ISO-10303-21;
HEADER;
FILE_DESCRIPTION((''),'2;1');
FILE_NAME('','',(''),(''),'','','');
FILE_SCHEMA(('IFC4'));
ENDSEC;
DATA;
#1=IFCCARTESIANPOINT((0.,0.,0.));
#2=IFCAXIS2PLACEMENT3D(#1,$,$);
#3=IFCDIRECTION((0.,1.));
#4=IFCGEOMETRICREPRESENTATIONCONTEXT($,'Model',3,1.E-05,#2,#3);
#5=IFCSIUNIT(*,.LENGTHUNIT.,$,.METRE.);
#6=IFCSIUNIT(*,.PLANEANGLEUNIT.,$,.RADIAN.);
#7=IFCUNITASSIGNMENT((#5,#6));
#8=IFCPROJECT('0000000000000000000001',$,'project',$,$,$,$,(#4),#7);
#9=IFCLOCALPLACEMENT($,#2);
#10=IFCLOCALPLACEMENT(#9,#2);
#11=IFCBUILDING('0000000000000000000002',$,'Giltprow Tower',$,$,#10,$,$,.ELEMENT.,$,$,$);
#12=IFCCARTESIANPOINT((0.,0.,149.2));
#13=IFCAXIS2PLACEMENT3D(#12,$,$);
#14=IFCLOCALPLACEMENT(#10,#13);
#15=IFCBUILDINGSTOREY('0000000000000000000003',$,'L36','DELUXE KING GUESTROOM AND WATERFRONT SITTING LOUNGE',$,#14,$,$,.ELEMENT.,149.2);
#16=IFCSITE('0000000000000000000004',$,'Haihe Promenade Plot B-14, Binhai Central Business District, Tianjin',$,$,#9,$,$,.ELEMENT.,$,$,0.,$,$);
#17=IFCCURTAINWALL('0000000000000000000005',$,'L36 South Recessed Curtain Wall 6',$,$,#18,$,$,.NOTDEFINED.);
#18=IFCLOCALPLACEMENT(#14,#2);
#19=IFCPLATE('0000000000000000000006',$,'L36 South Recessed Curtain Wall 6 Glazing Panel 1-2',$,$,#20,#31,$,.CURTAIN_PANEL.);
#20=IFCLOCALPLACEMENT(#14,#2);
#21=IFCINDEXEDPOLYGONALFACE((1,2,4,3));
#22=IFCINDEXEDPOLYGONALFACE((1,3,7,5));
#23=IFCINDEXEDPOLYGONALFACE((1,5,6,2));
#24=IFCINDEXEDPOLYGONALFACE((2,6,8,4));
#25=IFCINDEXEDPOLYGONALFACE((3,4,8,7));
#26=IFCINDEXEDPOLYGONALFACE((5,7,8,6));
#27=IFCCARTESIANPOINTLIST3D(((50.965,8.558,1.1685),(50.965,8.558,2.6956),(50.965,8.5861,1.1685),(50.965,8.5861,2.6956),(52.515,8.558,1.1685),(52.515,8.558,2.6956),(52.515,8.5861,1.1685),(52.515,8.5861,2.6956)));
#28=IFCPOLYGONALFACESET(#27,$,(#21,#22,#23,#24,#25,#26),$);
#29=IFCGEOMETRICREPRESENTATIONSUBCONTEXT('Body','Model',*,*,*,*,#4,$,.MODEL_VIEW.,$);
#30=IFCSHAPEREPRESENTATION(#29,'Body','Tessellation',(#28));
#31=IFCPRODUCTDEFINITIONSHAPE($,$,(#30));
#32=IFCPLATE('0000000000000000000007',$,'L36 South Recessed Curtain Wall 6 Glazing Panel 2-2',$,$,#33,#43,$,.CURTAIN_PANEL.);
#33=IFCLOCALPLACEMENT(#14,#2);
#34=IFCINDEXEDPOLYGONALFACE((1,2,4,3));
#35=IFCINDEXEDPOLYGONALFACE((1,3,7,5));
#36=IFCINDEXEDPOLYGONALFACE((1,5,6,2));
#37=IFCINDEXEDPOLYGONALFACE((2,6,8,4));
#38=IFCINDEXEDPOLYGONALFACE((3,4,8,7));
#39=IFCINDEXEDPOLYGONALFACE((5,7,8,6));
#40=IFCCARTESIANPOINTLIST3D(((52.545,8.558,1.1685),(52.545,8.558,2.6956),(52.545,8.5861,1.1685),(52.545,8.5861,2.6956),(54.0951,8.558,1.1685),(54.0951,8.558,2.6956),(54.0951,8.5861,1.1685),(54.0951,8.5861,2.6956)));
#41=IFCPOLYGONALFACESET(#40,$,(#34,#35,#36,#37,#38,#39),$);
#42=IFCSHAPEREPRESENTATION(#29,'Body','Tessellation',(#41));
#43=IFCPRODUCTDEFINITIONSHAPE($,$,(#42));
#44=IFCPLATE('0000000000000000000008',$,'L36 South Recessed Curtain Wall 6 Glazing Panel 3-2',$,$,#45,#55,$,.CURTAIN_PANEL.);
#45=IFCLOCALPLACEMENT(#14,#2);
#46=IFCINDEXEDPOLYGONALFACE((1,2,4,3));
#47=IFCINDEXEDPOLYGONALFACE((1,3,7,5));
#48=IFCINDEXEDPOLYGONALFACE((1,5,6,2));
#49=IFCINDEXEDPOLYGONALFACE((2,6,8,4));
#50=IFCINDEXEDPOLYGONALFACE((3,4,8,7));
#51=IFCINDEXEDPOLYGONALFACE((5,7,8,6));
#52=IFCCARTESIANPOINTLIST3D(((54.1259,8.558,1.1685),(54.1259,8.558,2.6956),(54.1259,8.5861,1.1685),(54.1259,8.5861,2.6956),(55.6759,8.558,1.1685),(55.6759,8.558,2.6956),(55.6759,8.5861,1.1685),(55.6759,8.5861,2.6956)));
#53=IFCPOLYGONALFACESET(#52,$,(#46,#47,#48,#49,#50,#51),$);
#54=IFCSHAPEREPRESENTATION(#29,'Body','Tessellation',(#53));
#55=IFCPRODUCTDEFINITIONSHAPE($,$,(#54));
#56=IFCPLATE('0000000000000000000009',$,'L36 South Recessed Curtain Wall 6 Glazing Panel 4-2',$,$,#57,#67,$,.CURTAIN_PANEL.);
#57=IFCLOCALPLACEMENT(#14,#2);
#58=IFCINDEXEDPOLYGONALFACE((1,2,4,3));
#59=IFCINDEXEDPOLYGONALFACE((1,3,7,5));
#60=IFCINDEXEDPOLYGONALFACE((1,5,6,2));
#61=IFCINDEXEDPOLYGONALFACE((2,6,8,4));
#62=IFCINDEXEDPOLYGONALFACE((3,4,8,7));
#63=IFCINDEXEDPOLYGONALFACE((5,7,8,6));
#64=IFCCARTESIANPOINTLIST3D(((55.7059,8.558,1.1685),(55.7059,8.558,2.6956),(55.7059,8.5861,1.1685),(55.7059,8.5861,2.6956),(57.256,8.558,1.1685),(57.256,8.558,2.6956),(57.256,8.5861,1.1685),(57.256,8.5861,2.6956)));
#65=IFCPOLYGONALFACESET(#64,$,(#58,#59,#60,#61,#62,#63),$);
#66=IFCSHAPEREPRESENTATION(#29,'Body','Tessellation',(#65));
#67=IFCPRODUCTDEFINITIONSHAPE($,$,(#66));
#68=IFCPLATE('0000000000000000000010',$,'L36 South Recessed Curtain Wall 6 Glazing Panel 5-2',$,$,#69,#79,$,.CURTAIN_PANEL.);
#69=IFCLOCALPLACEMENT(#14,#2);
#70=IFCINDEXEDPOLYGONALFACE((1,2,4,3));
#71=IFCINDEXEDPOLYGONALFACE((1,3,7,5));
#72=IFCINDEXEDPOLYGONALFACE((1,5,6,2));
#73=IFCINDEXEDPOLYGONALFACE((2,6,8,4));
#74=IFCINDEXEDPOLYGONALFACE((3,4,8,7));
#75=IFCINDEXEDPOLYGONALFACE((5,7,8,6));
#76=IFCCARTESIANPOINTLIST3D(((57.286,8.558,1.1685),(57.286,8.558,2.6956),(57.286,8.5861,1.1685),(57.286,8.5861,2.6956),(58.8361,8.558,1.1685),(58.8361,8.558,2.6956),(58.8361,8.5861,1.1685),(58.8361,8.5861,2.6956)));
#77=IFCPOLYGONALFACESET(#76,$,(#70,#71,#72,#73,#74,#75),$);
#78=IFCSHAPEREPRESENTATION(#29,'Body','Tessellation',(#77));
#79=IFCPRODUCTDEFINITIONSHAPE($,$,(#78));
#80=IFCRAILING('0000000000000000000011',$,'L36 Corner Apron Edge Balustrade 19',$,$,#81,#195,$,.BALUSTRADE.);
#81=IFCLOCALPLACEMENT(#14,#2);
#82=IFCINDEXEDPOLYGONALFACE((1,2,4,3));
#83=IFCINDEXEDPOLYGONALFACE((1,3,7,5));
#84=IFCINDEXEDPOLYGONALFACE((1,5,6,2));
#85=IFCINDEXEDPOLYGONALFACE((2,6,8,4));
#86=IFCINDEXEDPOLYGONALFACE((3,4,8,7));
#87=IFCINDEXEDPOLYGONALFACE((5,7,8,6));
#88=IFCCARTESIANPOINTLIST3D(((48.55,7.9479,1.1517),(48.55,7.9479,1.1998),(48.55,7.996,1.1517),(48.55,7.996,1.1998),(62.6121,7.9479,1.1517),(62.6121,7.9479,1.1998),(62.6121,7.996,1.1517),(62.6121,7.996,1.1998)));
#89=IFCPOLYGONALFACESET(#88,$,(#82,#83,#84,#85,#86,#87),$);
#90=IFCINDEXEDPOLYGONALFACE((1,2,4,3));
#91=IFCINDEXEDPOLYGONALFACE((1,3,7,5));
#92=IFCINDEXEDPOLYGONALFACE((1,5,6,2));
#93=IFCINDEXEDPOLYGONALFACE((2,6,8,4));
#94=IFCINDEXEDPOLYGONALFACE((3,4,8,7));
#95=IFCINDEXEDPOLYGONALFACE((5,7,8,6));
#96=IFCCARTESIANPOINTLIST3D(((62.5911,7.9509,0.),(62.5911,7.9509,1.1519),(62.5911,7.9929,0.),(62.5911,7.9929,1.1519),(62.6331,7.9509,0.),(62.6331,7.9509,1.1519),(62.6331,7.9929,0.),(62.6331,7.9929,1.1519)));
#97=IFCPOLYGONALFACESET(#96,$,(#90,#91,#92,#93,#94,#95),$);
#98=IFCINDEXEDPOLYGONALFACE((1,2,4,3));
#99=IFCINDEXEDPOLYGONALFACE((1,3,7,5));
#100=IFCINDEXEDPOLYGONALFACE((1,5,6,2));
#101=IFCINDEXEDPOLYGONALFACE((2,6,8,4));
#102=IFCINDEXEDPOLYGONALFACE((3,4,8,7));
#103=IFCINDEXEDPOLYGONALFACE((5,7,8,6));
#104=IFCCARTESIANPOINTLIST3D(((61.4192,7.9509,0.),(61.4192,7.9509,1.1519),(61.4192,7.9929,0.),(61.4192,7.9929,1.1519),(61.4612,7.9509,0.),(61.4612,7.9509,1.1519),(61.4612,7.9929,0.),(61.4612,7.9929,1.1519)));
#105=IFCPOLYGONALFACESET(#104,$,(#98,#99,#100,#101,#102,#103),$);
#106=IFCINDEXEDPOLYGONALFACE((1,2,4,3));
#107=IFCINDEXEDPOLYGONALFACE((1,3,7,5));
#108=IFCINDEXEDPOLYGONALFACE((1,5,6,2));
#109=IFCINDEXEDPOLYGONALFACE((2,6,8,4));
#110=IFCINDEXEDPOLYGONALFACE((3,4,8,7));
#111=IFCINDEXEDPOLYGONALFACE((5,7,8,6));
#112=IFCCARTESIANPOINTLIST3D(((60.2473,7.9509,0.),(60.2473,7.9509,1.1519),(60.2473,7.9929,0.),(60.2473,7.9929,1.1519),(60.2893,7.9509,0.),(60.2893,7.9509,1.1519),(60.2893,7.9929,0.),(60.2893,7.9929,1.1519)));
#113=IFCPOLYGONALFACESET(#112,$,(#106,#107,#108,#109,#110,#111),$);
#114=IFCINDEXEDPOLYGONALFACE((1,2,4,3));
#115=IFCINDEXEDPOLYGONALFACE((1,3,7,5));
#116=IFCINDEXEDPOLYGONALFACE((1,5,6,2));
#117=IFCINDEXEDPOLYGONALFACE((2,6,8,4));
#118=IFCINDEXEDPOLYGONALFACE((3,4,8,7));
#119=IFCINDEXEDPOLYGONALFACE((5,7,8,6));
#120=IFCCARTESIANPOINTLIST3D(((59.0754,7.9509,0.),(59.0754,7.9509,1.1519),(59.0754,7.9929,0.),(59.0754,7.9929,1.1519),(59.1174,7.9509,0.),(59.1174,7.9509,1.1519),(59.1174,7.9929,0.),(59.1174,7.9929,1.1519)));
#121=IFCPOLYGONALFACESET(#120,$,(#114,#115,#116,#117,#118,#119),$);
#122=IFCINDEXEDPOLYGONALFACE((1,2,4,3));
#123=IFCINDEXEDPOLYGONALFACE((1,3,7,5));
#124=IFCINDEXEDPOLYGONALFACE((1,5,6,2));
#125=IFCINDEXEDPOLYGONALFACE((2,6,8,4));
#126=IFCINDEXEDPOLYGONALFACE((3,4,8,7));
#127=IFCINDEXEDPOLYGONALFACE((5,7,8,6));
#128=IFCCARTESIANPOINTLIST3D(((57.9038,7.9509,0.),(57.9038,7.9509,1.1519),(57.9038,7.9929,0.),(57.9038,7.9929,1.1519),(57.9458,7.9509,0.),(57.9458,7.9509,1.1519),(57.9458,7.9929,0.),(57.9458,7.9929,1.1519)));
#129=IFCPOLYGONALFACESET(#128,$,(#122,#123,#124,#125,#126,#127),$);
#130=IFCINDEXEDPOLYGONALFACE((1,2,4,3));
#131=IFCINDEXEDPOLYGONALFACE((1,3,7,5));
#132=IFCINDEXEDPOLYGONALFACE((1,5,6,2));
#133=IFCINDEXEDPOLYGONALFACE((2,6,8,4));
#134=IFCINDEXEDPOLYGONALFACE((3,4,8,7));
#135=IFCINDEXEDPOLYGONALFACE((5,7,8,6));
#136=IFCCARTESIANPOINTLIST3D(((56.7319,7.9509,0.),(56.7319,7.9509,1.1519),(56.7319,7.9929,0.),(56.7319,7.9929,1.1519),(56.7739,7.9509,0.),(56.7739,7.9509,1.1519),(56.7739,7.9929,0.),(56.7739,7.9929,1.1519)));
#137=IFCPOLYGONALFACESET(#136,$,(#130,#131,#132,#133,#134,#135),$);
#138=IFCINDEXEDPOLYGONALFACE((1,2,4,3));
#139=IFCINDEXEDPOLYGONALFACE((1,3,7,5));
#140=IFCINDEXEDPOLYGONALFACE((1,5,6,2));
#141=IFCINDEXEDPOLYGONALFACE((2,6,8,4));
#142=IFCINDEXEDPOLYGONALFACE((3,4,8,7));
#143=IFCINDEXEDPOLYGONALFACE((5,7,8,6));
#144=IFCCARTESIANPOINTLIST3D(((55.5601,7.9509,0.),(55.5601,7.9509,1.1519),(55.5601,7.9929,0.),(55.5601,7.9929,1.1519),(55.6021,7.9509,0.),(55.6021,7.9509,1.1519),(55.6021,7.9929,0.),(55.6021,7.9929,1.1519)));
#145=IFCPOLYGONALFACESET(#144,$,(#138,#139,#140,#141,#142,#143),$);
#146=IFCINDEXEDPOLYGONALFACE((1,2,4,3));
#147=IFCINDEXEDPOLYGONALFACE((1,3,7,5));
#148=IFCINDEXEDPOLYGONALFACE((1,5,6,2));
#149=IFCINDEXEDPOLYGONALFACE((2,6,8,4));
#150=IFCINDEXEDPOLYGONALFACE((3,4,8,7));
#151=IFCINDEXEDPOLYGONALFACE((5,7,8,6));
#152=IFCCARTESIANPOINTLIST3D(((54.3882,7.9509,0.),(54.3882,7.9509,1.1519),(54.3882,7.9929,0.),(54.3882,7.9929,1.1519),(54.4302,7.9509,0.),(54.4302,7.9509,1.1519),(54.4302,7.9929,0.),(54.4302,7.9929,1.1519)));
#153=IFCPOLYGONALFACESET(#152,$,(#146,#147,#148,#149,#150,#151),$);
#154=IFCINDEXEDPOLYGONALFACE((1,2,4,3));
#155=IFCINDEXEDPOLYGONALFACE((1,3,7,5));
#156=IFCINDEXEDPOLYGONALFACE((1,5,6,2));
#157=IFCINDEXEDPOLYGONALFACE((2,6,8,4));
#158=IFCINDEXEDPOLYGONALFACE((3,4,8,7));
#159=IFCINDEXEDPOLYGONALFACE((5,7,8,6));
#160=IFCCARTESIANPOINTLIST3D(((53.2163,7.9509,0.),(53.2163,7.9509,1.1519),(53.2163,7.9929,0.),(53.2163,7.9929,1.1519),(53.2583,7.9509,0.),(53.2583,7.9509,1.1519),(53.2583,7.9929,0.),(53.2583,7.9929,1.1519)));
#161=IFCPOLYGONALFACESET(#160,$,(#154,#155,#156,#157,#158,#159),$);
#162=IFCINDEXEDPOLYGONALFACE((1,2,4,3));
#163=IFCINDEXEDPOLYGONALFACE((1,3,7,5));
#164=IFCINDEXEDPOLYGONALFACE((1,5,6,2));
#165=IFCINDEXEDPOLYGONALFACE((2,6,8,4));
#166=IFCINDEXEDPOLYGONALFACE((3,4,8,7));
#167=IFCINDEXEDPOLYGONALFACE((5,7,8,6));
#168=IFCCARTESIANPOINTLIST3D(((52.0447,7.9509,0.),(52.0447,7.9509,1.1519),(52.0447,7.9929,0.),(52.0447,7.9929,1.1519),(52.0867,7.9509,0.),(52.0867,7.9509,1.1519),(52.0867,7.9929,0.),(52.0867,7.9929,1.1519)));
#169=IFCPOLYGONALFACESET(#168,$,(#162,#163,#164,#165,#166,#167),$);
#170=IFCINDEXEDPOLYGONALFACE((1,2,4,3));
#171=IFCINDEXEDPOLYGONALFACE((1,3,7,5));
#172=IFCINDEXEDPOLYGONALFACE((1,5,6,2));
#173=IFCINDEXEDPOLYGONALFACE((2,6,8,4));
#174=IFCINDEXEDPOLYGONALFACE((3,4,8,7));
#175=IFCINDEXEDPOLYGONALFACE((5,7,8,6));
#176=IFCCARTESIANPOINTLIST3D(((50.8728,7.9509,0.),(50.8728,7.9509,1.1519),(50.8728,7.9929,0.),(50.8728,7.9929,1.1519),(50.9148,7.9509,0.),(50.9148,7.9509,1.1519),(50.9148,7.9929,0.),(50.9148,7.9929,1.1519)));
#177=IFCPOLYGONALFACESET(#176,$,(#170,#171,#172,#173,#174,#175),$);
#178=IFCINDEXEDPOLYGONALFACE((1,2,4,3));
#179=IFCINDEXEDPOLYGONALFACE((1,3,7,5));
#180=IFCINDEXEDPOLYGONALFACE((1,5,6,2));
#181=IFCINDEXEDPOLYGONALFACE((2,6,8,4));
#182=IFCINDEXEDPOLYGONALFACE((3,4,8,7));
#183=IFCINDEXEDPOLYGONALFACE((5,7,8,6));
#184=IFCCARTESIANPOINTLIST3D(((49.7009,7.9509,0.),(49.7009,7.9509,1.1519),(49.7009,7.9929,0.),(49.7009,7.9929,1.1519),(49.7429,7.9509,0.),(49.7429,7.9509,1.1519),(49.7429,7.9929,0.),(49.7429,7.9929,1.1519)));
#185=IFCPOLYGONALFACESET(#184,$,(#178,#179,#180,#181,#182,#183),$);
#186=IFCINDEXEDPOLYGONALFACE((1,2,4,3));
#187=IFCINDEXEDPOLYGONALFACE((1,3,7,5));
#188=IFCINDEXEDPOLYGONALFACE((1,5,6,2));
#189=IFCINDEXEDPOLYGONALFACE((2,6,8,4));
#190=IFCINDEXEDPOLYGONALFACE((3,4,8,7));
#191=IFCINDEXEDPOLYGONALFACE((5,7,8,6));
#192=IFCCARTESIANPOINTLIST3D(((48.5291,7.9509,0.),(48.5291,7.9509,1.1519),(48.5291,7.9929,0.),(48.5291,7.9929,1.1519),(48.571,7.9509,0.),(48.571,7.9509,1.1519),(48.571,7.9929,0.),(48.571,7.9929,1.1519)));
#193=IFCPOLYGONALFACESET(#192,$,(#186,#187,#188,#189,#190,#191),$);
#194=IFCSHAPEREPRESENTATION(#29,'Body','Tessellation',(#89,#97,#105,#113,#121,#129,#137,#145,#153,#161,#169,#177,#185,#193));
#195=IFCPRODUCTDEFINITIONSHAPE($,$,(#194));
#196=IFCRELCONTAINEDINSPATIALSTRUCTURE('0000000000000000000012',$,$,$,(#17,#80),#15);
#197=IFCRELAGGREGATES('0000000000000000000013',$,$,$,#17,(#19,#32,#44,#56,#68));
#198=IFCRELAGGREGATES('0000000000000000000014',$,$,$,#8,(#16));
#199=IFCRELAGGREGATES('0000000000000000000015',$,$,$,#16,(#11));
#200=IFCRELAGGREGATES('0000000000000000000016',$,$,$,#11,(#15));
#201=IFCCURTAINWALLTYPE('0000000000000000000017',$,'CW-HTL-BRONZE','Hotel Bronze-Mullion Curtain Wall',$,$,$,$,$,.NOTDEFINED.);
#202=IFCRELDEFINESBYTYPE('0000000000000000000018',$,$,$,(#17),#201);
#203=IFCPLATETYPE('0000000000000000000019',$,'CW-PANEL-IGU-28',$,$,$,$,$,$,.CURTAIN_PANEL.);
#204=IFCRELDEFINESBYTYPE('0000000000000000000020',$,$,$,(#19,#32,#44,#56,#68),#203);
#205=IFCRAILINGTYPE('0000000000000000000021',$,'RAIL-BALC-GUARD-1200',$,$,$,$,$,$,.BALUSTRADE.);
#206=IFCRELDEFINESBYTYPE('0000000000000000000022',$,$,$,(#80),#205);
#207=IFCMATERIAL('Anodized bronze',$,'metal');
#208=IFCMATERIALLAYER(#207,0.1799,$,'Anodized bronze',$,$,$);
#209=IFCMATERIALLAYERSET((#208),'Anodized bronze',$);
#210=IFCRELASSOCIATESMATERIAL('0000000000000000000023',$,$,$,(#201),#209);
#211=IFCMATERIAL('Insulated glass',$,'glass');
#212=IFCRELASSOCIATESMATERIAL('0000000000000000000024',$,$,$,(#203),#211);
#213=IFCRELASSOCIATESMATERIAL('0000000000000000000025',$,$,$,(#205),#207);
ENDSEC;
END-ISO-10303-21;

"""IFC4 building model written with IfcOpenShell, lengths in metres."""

from ifc_helpers import new_model, si_unit, direction, frame, origin, origin_2d, place, context, subcontext, project, spatial, rectangle, extrude, source, transform, mapped, material, layer, layer_set, type_object, element, aggregate, save


model = new_model("IFC4")

# Units and contexts
model_context = context("Model", 3, precision=1e-05, world=origin(), true_north=direction((0.0, 1.0)))
body_context = subcontext(model_context, "Body", "Model", "MODEL_VIEW")
ifc_project = project(units=[si_unit("LENGTHUNIT", "METRE"), si_unit("PLANEANGLEUNIT", "RADIAN")], contexts=[model_context])

# Site, building, storey
site_placement = place(None, origin())
site = spatial("IfcSite", under=ifc_project, at=site_placement, Name="Haihe Promenade Plot B-14, Binhai Central Business District, Tianjin", CompositionType="ELEMENT", RefElevation=0.0)
building_placement = place(site_placement, origin())
building = spatial("IfcBuilding", under=site, at=building_placement, Name="Giltprow Tower", CompositionType="ELEMENT")
storey_placement = place(building_placement, frame((0.0, 0.0, 149.2)))
storey = spatial("IfcBuildingStorey", under=building, at=storey_placement, Name="L36", Description="DELUXE KING GUESTROOM AND WATERFRONT SITTING LOUNGE", CompositionType="ELEMENT", Elevation=149.2)

# Curtain wall, plates
ifc_material_1 = material(Name="Anodized bronze", Category="metal")
ifc_layer = layer(ifc_material_1, 0.1799, Name="Anodized bronze")
ifc_layer_set = layer_set([ifc_layer], Name="Anodized bronze")
curtain_wall_type = type_object("IfcCurtainWallType", Name="CW-HTL-BRONZE", Description="Hotel Bronze-Mullion Curtain Wall", PredefinedType="NOTDEFINED", material=ifc_layer_set)
curtain_wall_placement = place(storey_placement, origin())
curtain_wall = element("IfcCurtainWall", 1, at=curtain_wall_placement, inside=storey, type_object=curtain_wall_type, Name="L36 South Recessed Curtain Wall 6", PredefinedType="NOTDEFINED")
ifc_material_2 = material(Name="Insulated glass", Category="glass")
plate_type = type_object("IfcPlateType", Name="CW-PANEL-IGU-28", PredefinedType="CURTAIN_PANEL", material=ifc_material_2)
shared_shape_1 = source(origin(), body_context, "Body", "SweptSolid", [
    extrude(rectangle(XDim=1.55, YDim=0.0281, at=origin_2d()), origin(), (0.0, 0.0, 1.0), 1.5271),
])
plate_1_placement = place(storey_placement, frame((51.74, 8.572, 1.1685), z_axis=(0.0, 0.0, 1.0), x_axis=(1.0, 0.0, 0.0)))
plate_1 = element("IfcPlate", 2, at=plate_1_placement, type_object=plate_type, Name="L36 South Recessed Curtain Wall 6 Glazing Panel 1-2", PredefinedType="CURTAIN_PANEL", context=body_context, shape_type="MappedRepresentation", body=[
    mapped(shared_shape_1, transform((0.0, 0.0, 0.0), x_axis=(1.0, 0.0, 0.0), y_axis=(0.0, 1.0, 0.0), z_axis=(0.0, 0.0, 1.0), scale=1.0)),
])
plate_2_placement = place(storey_placement, frame((53.3201, 8.572, 1.1685), z_axis=(0.0, 0.0, 1.0), x_axis=(1.0, 0.0, 0.0)))
plate_2 = element("IfcPlate", 3, at=plate_2_placement, type_object=plate_type, Name="L36 South Recessed Curtain Wall 6 Glazing Panel 2-2", PredefinedType="CURTAIN_PANEL", context=body_context, shape_type="MappedRepresentation", body=[
    mapped(shared_shape_1, transform((0.0, 0.0, 0.0), x_axis=(1.0, 0.0, 0.0), y_axis=(0.0, 1.0, 0.0), z_axis=(0.0, 0.0, 1.0), scale=1.0)),
])
plate_3_placement = place(storey_placement, frame((54.9009, 8.572, 1.1685), z_axis=(0.0, 0.0, 1.0), x_axis=(1.0, 0.0, 0.0)))
plate_3 = element("IfcPlate", 4, at=plate_3_placement, type_object=plate_type, Name="L36 South Recessed Curtain Wall 6 Glazing Panel 3-2", PredefinedType="CURTAIN_PANEL", context=body_context, shape_type="MappedRepresentation", body=[
    mapped(shared_shape_1, transform((0.0, 0.0, 0.0), x_axis=(1.0, 0.0, 0.0), y_axis=(0.0, 1.0, 0.0), z_axis=(0.0, 0.0, 1.0), scale=1.0)),
])
plate_4_placement = place(storey_placement, frame((56.481, 8.572, 1.1685), z_axis=(0.0, 0.0, 1.0), x_axis=(1.0, 0.0, 0.0)))
plate_4 = element("IfcPlate", 5, at=plate_4_placement, type_object=plate_type, Name="L36 South Recessed Curtain Wall 6 Glazing Panel 4-2", PredefinedType="CURTAIN_PANEL", context=body_context, shape_type="MappedRepresentation", body=[
    mapped(shared_shape_1, transform((0.0, 0.0, 0.0), x_axis=(1.0, 0.0, 0.0), y_axis=(0.0, 1.0, 0.0), z_axis=(0.0, 0.0, 1.0), scale=1.0)),
])
plate_5_placement = place(storey_placement, frame((58.061, 8.572, 1.1685), z_axis=(0.0, 0.0, 1.0), x_axis=(1.0, 0.0, 0.0)))
plate_5 = element("IfcPlate", 6, at=plate_5_placement, type_object=plate_type, Name="L36 South Recessed Curtain Wall 6 Glazing Panel 5-2", PredefinedType="CURTAIN_PANEL", context=body_context, shape_type="MappedRepresentation", body=[
    mapped(shared_shape_1, transform((0.0, 0.0, 0.0), x_axis=(1.0, 0.0, 0.0), y_axis=(0.0, 1.0, 0.0), z_axis=(0.0, 0.0, 1.0), scale=1.0)),
])
aggregate(curtain_wall, [plate_1, plate_2, plate_3, plate_4, plate_5])

# Railing
railing_type = type_object("IfcRailingType", Name="RAIL-BALC-GUARD-1200", PredefinedType="BALUSTRADE", material=ifc_material_1)
railing_placement = place(storey_placement, frame((62.6121, 7.9719, 0.0)))
element("IfcRailing", 7, at=railing_placement, inside=storey, type_object=railing_type, Name="L36 Corner Apron Edge Balustrade 19", PredefinedType="BALUSTRADE", context=body_context, shape_type="SweptSolid", body=[
    extrude(rectangle(XDim=0.0481, YDim=0.0481, at=origin_2d()), frame((0.0, 0.0, 1.1758), z_axis=(-1.0, 0.0, 0.0), x_axis=(0.0, -1.0, 0.0)), (0.0, 0.0, 1.0), 14.062),
    extrude(rectangle(XDim=0.042, YDim=0.042, at=origin_2d()), origin(), (0.0, 0.0, 1.0), 1.1519),
    extrude(rectangle(XDim=0.042, YDim=0.042, at=origin_2d()), frame((-1.1719, 0.0, 0.0)), (0.0, 0.0, 1.0), 1.1519),
    extrude(rectangle(XDim=0.042, YDim=0.042, at=origin_2d()), frame((-2.3438, 0.0, 0.0)), (0.0, 0.0, 1.0), 1.1519),
    extrude(rectangle(XDim=0.042, YDim=0.042, at=origin_2d()), frame((-3.5156, 0.0, 0.0)), (0.0, 0.0, 1.0), 1.1519),
    extrude(rectangle(XDim=0.042, YDim=0.042, at=origin_2d()), frame((-4.6873, 0.0, 0.0)), (0.0, 0.0, 1.0), 1.1519),
    extrude(rectangle(XDim=0.042, YDim=0.042, at=origin_2d()), frame((-5.8591, 0.0, 0.0)), (0.0, 0.0, 1.0), 1.1519),
    extrude(rectangle(XDim=0.042, YDim=0.042, at=origin_2d()), frame((-7.031, 0.0, 0.0)), (0.0, 0.0, 1.0), 1.1519),
    extrude(rectangle(XDim=0.042, YDim=0.042, at=origin_2d()), frame((-8.2029, 0.0, 0.0)), (0.0, 0.0, 1.0), 1.1519),
    extrude(rectangle(XDim=0.042, YDim=0.042, at=origin_2d()), frame((-9.3748, 0.0, 0.0)), (0.0, 0.0, 1.0), 1.1519),
    extrude(rectangle(XDim=0.042, YDim=0.042, at=origin_2d()), frame((-10.5464, 0.0, 0.0)), (0.0, 0.0, 1.0), 1.1519),
    extrude(rectangle(XDim=0.042, YDim=0.042, at=origin_2d()), frame((-11.7183, 0.0, 0.0)), (0.0, 0.0, 1.0), 1.1519),
    extrude(rectangle(XDim=0.042, YDim=0.042, at=origin_2d()), frame((-12.8901, 0.0, 0.0)), (0.0, 0.0, 1.0), 1.1519),
    extrude(rectangle(XDim=0.042, YDim=0.042, at=origin_2d()), frame((-14.062, 0.0, 0.0)), (0.0, 0.0, 1.0), 1.1519),
])

save(model, "model.ifc")
